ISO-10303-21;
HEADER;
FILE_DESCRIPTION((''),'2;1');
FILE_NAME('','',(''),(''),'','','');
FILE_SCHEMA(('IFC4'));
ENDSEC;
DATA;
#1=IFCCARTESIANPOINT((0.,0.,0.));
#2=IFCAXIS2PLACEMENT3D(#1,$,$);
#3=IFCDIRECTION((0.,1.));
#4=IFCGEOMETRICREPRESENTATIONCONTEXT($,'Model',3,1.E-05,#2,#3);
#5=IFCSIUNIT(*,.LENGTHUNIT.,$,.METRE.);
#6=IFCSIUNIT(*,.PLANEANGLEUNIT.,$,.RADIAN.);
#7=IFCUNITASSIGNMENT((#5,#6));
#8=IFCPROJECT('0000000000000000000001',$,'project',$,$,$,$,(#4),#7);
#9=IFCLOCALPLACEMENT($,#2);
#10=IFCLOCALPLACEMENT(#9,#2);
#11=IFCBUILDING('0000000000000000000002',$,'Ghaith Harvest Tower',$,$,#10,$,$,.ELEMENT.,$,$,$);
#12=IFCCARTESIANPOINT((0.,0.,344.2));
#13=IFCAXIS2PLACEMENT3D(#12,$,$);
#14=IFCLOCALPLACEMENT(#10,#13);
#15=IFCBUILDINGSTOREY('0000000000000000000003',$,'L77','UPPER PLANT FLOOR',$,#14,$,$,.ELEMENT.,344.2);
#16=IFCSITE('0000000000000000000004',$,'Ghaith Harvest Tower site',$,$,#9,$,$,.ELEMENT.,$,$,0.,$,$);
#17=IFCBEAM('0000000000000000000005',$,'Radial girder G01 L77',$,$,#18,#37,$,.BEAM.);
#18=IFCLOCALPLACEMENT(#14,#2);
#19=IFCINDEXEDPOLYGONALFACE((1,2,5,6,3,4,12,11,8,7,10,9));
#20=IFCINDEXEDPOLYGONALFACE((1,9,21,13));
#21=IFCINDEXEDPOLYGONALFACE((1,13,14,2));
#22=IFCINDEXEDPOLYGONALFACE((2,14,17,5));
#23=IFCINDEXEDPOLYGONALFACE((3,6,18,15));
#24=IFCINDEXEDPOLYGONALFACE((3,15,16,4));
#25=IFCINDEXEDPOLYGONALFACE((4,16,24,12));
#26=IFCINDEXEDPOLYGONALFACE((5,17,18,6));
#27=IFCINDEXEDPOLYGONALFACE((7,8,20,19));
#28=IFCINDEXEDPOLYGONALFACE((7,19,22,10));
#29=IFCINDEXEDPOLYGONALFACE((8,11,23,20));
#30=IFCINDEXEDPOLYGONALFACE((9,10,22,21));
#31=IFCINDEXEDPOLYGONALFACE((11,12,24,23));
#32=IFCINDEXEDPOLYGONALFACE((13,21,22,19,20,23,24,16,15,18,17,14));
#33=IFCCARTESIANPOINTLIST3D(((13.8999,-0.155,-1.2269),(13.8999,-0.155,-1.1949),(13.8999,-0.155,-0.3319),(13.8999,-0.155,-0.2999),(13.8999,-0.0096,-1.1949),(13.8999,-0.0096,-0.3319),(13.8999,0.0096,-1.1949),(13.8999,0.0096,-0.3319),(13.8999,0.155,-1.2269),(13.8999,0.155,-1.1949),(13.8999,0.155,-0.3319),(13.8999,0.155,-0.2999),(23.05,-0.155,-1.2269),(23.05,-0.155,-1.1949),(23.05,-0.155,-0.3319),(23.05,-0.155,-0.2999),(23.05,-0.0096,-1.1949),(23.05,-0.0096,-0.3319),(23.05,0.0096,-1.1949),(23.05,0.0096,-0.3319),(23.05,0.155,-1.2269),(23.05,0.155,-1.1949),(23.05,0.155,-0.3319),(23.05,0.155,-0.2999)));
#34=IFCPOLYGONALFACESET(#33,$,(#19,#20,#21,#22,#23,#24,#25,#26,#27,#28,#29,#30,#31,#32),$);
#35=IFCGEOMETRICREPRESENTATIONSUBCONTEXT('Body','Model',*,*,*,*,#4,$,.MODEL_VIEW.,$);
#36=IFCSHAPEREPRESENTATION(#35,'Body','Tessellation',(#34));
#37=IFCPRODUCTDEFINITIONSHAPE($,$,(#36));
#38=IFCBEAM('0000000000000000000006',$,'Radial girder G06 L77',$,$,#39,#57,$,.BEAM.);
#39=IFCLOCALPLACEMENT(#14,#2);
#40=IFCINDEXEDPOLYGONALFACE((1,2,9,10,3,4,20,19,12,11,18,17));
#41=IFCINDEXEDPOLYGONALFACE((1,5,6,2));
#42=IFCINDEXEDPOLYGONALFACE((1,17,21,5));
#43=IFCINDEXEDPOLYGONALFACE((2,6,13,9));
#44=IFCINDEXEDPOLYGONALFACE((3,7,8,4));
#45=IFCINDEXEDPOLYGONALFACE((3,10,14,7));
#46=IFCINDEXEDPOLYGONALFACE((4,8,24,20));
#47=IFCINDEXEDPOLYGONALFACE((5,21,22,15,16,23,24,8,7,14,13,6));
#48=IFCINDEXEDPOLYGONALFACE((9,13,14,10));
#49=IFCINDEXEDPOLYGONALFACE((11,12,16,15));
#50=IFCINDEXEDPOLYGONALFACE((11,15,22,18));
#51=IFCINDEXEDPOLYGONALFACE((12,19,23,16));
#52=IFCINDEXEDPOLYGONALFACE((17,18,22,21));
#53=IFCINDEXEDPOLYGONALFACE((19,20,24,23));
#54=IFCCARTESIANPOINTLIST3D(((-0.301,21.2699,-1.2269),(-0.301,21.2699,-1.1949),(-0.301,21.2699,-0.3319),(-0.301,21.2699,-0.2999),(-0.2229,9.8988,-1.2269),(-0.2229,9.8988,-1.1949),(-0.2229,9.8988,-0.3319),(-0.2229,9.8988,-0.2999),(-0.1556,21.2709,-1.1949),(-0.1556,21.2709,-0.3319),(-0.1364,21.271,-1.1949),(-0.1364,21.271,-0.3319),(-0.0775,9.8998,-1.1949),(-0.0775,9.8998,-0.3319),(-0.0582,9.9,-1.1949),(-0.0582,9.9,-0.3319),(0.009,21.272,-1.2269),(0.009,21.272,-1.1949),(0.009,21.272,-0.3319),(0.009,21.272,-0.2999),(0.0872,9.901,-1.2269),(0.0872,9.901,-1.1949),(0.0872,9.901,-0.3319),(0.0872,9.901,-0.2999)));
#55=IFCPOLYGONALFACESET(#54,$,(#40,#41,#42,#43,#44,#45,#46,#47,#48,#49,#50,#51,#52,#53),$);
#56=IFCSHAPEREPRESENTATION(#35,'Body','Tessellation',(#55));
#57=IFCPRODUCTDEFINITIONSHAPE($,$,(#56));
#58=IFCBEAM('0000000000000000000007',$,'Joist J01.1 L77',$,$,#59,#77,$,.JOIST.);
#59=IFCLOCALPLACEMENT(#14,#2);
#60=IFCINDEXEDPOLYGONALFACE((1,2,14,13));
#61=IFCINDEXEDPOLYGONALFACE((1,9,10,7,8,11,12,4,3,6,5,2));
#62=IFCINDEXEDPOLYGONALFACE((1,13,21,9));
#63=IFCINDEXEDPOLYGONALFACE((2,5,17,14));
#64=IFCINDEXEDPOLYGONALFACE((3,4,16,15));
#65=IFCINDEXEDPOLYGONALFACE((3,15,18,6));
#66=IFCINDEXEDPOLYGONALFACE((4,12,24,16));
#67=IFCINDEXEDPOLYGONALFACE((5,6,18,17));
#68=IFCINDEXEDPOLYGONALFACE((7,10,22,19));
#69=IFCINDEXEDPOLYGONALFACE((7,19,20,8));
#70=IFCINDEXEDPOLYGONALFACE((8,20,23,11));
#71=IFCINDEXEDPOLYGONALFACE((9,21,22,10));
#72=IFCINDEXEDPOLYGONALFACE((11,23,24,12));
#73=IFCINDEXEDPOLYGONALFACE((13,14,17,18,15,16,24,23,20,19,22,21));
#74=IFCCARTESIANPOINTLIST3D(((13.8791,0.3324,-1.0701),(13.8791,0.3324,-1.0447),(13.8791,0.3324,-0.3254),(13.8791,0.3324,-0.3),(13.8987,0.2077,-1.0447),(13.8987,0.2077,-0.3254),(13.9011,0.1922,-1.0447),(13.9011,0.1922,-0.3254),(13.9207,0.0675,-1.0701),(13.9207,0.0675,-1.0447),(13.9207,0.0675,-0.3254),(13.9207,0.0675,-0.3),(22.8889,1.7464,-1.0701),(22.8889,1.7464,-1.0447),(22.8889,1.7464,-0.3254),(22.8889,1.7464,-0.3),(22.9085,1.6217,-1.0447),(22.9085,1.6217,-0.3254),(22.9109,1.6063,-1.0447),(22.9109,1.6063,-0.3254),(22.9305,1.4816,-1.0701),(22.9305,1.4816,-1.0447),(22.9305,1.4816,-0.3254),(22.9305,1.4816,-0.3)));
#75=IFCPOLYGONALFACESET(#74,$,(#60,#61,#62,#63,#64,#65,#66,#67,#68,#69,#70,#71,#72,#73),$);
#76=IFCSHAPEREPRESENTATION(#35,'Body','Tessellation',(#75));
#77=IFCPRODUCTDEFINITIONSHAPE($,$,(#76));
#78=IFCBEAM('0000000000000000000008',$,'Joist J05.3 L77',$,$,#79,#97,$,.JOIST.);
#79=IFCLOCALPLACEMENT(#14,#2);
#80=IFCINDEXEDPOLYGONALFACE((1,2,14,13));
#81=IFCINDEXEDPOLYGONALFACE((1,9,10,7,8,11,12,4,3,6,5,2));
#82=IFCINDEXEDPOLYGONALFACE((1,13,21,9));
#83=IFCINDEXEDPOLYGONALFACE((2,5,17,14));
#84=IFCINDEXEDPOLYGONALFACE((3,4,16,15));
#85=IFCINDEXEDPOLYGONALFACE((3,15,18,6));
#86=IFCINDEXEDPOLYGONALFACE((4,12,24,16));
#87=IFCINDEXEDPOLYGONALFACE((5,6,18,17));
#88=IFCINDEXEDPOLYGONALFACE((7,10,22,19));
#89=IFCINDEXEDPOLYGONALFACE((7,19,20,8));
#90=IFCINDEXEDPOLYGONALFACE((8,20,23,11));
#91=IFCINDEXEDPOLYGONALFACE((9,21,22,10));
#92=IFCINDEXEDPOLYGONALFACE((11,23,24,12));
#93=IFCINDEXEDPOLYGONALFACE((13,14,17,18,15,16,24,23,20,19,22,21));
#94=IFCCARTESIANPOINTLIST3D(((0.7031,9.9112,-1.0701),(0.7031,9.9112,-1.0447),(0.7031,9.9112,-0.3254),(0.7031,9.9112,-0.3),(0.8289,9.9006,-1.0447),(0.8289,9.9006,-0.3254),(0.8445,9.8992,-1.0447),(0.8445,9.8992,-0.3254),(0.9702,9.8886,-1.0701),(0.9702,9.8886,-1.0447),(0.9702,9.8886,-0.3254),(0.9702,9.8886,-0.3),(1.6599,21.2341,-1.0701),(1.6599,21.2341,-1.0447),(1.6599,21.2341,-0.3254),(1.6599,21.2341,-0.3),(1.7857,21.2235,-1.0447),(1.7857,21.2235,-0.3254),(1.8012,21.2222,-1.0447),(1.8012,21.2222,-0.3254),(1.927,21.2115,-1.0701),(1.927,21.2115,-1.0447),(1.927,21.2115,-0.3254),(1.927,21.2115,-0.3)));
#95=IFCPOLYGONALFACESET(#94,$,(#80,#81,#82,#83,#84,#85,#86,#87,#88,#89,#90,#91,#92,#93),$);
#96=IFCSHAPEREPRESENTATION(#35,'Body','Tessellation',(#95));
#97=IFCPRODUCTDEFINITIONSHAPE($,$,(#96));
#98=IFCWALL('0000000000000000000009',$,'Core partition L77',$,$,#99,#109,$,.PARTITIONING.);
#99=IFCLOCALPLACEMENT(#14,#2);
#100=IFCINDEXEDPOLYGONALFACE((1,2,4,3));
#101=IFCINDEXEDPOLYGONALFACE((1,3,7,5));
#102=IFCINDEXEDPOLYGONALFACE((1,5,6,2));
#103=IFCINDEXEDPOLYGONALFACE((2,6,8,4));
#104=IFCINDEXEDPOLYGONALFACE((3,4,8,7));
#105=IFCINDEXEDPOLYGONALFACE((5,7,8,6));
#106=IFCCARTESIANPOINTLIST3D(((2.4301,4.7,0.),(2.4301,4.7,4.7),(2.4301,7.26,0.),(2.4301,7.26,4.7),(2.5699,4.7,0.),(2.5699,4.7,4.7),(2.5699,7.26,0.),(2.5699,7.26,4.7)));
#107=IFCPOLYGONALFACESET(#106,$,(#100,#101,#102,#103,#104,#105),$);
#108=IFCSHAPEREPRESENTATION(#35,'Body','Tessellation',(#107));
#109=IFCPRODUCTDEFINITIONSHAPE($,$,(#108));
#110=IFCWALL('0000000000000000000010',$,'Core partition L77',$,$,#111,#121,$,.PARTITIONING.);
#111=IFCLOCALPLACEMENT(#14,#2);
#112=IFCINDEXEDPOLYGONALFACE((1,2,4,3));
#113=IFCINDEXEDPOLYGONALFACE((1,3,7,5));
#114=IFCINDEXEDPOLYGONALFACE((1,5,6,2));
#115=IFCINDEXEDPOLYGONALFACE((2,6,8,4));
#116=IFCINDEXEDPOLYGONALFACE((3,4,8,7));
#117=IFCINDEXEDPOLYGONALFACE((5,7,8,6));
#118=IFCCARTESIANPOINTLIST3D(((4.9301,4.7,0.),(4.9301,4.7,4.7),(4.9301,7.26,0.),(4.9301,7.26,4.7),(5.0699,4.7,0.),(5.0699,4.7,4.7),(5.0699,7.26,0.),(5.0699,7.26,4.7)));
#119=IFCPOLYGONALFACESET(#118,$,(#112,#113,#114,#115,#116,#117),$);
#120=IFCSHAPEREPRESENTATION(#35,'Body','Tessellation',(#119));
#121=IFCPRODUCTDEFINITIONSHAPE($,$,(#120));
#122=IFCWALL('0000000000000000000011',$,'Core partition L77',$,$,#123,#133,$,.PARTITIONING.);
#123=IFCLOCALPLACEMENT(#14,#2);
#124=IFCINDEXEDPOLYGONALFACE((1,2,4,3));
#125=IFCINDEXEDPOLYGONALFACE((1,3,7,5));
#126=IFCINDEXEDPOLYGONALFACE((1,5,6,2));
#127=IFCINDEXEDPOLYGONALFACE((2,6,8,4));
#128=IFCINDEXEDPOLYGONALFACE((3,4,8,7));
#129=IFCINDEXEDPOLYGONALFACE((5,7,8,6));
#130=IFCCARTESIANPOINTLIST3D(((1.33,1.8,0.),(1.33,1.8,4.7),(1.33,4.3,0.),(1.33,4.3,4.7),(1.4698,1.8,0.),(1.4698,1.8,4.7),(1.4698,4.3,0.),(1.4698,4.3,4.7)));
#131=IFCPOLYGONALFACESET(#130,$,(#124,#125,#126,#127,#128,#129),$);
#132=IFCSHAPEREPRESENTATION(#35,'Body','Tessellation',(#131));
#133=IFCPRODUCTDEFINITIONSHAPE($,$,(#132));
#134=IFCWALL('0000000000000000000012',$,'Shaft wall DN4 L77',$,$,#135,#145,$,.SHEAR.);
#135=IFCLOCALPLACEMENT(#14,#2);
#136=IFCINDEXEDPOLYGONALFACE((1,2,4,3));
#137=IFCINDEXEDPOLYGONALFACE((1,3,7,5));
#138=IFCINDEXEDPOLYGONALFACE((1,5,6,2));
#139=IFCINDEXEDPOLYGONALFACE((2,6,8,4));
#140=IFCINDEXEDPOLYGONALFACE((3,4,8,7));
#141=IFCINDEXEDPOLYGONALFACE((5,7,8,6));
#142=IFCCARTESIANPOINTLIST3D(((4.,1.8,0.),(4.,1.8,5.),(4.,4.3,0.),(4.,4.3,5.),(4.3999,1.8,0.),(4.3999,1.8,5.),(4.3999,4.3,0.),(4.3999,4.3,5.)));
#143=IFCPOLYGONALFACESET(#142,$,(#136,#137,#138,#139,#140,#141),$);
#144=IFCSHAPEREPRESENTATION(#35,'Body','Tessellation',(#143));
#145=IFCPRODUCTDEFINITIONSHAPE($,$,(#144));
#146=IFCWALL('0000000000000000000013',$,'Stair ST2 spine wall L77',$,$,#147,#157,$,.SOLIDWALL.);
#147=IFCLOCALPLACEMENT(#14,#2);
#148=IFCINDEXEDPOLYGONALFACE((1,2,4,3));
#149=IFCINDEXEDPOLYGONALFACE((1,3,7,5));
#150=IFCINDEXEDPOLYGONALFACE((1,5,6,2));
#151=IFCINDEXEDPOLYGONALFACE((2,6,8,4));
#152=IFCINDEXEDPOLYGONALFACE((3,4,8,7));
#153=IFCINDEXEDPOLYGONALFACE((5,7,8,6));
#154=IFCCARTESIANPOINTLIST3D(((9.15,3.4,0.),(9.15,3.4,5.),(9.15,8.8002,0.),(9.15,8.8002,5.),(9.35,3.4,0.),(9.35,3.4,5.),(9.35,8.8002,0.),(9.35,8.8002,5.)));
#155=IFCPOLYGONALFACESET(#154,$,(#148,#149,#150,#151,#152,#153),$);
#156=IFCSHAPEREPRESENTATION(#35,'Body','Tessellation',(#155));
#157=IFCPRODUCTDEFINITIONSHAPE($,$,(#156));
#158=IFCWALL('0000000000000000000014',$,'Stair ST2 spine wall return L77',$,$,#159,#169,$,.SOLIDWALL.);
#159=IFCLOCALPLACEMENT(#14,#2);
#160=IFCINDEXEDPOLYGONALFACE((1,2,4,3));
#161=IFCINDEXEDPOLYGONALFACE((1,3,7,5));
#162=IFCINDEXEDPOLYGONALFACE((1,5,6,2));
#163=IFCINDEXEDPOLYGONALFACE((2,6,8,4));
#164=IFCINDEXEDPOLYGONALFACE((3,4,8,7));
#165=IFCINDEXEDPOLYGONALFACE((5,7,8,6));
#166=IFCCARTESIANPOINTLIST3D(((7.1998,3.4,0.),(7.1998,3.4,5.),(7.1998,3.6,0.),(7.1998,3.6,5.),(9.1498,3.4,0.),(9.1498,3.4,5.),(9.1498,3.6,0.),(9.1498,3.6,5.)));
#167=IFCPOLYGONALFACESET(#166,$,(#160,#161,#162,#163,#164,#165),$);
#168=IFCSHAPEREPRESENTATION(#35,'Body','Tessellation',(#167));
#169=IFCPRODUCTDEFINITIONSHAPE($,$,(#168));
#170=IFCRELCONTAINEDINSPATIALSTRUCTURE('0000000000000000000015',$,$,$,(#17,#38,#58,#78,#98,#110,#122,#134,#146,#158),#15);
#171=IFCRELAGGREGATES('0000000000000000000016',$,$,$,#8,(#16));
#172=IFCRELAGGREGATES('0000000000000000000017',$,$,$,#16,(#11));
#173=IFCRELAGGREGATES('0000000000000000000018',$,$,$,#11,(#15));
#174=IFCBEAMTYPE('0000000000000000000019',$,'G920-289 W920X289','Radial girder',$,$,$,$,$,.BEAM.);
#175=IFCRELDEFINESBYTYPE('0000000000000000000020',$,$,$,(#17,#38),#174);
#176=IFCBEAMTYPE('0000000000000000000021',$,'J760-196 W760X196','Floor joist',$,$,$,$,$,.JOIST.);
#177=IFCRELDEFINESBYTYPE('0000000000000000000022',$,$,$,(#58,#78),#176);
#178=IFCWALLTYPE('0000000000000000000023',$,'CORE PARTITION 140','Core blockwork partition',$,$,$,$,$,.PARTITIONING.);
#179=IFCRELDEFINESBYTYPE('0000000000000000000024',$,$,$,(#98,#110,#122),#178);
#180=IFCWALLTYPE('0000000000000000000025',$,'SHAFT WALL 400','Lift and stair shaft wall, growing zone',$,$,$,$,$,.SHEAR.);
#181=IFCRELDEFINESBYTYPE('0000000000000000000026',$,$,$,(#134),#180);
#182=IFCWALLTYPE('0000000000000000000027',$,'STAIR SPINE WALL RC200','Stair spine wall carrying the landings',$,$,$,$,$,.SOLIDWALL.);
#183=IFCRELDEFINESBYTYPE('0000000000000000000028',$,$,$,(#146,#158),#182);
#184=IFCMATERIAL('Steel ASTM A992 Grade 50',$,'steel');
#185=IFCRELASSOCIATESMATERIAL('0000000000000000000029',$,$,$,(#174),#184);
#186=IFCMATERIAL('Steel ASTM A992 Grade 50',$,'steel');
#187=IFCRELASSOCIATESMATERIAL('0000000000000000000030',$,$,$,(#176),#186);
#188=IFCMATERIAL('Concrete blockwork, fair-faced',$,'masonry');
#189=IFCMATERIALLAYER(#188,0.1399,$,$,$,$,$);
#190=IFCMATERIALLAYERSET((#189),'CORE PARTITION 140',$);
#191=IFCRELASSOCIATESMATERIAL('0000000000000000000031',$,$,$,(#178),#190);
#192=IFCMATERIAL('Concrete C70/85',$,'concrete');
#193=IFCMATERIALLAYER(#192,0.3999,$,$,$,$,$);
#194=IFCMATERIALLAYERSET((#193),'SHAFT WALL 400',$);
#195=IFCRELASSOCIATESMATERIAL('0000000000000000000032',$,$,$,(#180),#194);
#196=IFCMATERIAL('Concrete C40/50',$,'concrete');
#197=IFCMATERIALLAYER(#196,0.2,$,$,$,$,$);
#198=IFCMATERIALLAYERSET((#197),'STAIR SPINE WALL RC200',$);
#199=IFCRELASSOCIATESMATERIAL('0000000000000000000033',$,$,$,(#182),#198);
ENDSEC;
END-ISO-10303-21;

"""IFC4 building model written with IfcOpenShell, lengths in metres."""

from ifc_helpers import new_model, si_unit, direction, frame, frame_2d, origin, origin_2d, place, context, subcontext, project, spatial, rectangle, i_section, extrude, material, layer, layer_set, material_profile, profile_set, type_object, element, save


model = new_model("IFC4")

# Units and contexts
model_context = context("Model", 3, precision=1e-05, world=origin(), true_north=direction((0.0, 1.0)))
body_context = subcontext(model_context, "Body", "Model", "MODEL_VIEW")
ifc_project = project(units=[si_unit("LENGTHUNIT", "METRE"), si_unit("PLANEANGLEUNIT", "RADIAN")], contexts=[model_context])

# Site, building, storey
site_placement = place(None, origin())
site = spatial("IfcSite", under=ifc_project, at=site_placement, Name="Ghaith Harvest Tower site", CompositionType="ELEMENT", RefElevation=0.0)
building_placement = place(site_placement, origin())
building = spatial("IfcBuilding", under=site, at=building_placement, Name="Ghaith Harvest Tower", CompositionType="ELEMENT")
storey_placement = place(building_placement, frame((0.0, 0.0, 344.2)))
storey = spatial("IfcBuildingStorey", under=building, at=storey_placement, Name="L77", Description="UPPER PLANT FLOOR", CompositionType="ELEMENT", Elevation=344.2)

# Beams
ifc_material_1 = material(Name="Steel ASTM A992 Grade 50", Category="steel")
ifc_material_profile_1 = material_profile(ifc_material_1, i_section(OverallWidth=0.3101, OverallDepth=0.927, WebThickness=0.0193, FlangeThickness=0.032, at=origin_2d()), Name="W920X289")
ifc_profile_set_1 = profile_set([ifc_material_profile_1], Name="Steel ASTM A992 Grade 50")
beam_type_1 = type_object("IfcBeamType", Name="G920-289 W920X289", Description="Radial girder", PredefinedType="BEAM", material=ifc_profile_set_1)
beam_1_placement = place(storey_placement, frame((13.8999, 0.0, -0.7634), z_axis=(1.0, 0.0, 0.0), x_axis=(0.0, 1.0, 0.0)))
element("IfcBeam", 1, at=beam_1_placement, inside=storey, type_object=beam_type_1, Name="Radial girder G01 L77", PredefinedType="BEAM", context=body_context, shape_type="SweptSolid", body=[
    extrude(i_section(OverallWidth=0.3101, OverallDepth=0.927, WebThickness=0.0193, FlangeThickness=0.032, at=origin_2d()), origin(), (0.0, 0.0, 1.0), 9.1501),
])
beam_2_placement = place(storey_placement, frame((-0.0679, 9.8999, -0.7634), z_axis=(-0.00687, 0.999976, 0.0), x_axis=(-0.999976, -0.00687, 0.0)))
element("IfcBeam", 2, at=beam_2_placement, inside=storey, type_object=beam_type_1, Name="Radial girder G06 L77", PredefinedType="BEAM", context=body_context, shape_type="SweptSolid", body=[
    extrude(i_section(OverallWidth=0.3101, OverallDepth=0.927, WebThickness=0.0193, FlangeThickness=0.032, at=origin_2d()), origin(), (0.0, 0.0, 1.0), 11.3713),
])
ifc_material_2 = material(Name="Steel ASTM A992 Grade 50", Category="steel")
ifc_material_profile_2 = material_profile(ifc_material_2, i_section(OverallWidth=0.2681, OverallDepth=0.77, WebThickness=0.0156, FlangeThickness=0.0254, at=origin_2d()), Name="W760X196")
ifc_profile_set_2 = profile_set([ifc_material_profile_2], Name="Steel ASTM A992 Grade 50")
beam_type_2 = type_object("IfcBeamType", Name="J760-196 W760X196", Description="Floor joist", PredefinedType="JOIST", material=ifc_profile_set_2)
beam_3_placement = place(storey_placement, frame((13.8999, 0.2, -0.6851), z_axis=(0.987907, 0.15505, 0.0), x_axis=(-0.15505, 0.987907, 0.0)))
element("IfcBeam", 3, at=beam_3_placement, inside=storey, type_object=beam_type_2, Name="Joist J01.1 L77", PredefinedType="JOIST", context=body_context, shape_type="SweptSolid", body=[
    extrude(i_section(OverallWidth=0.2681, OverallDepth=0.77, WebThickness=0.0156, FlangeThickness=0.0254, at=origin_2d()), origin(), (0.0, 0.0, 1.0), 9.1201),
])
beam_4_placement = place(storey_placement, frame((0.8367, 9.8999, -0.6851), z_axis=(0.084199, 0.996449, 0.0), x_axis=(-0.996449, 0.084199, 0.0)))
element("IfcBeam", 4, at=beam_4_placement, inside=storey, type_object=beam_type_2, Name="Joist J05.3 L77", PredefinedType="JOIST", context=body_context, shape_type="SweptSolid", body=[
    extrude(i_section(OverallWidth=0.2681, OverallDepth=0.77, WebThickness=0.0156, FlangeThickness=0.0254, at=origin_2d()), origin(), (0.0, 0.0, 1.0), 11.3633),
])

# Walls
ifc_material_3 = material(Name="Concrete blockwork, fair-faced", Category="masonry")
ifc_layer_1 = layer(ifc_material_3, 0.1399)
ifc_layer_set_1 = layer_set([ifc_layer_1], Name="CORE PARTITION 140")
wall_type_1 = type_object("IfcWallType", Name="CORE PARTITION 140", Description="Core blockwork partition", PredefinedType="PARTITIONING", material=ifc_layer_set_1)
for number, where, z_axis, x_axis, name in (
    (5, (2.5, 4.7, 0.0), (0.0, 0.0, 1.0), (0.0, 1.0, 0.0), "Core partition L77"),
    (6, (5.0, 4.7, 0.0), (0.0, 0.0, 1.0), (0.0, 1.0, 0.0), "Core partition L77"),
):
    element("IfcWall", number, at=place(storey_placement, frame(where, z_axis=z_axis, x_axis=x_axis)), inside=storey, type_object=wall_type_1, Name=name, PredefinedType="PARTITIONING", context=body_context, shape_type="SweptSolid", body=[
        extrude(rectangle(XDim=2.5601, YDim=0.1399, at=frame_2d((1.28, 0.0))), origin(), (0.0, 0.0, 1.0), 4.7),
    ])
wall_1_placement = place(storey_placement, frame((1.3999, 1.8, 0.0), z_axis=(0.0, 0.0, 1.0), x_axis=(0.0, 1.0, 0.0)))
element("IfcWall", 7, at=wall_1_placement, inside=storey, type_object=wall_type_1, Name="Core partition L77", PredefinedType="PARTITIONING", context=body_context, shape_type="SweptSolid", body=[
    extrude(rectangle(XDim=2.5, YDim=0.1399, at=frame_2d((1.25, 0.0))), origin(), (0.0, 0.0, 1.0), 4.7),
])

# Shared definitions
ifc_material_4 = material(Name="Concrete C70/85", Category="concrete")
ifc_layer_2 = layer(ifc_material_4, 0.3999)
ifc_layer_set_2 = layer_set([ifc_layer_2], Name="SHAFT WALL 400")
wall_type_2 = type_object("IfcWallType", Name="SHAFT WALL 400", Description="Lift and stair shaft wall, growing zone", PredefinedType="SHEAR", material=ifc_layer_set_2)

# Walls
wall_2_placement = place(storey_placement, frame((4.2, 1.8, 0.0), z_axis=(0.0, 0.0, 1.0), x_axis=(0.0, 1.0, 0.0)))
element("IfcWall", 8, at=wall_2_placement, inside=storey, type_object=wall_type_2, Name="Shaft wall DN4 L77", PredefinedType="SHEAR", context=body_context, shape_type="SweptSolid", body=[
    extrude(rectangle(XDim=2.5, YDim=0.3999, at=frame_2d((1.25, 0.0))), origin(), (0.0, 0.0, 1.0), 5.0),
])
ifc_material_5 = material(Name="Concrete C40/50", Category="concrete")
ifc_layer_3 = layer(ifc_material_5, 0.2)
ifc_layer_set_3 = layer_set([ifc_layer_3], Name="STAIR SPINE WALL RC200")
wall_type_3 = type_object("IfcWallType", Name="STAIR SPINE WALL RC200", Description="Stair spine wall carrying the landings", PredefinedType="SOLIDWALL", material=ifc_layer_set_3)
wall_3_placement = place(storey_placement, frame((9.25, 3.3999, 0.0), z_axis=(0.0, 0.0, 1.0), x_axis=(0.0, 1.0, 0.0)))
element("IfcWall", 9, at=wall_3_placement, inside=storey, type_object=wall_type_3, Name="Stair ST2 spine wall L77", PredefinedType="SOLIDWALL", context=body_context, shape_type="SweptSolid", body=[
    extrude(rectangle(XDim=5.4001, YDim=0.2, at=frame_2d((2.7002, 0.0))), origin(), (0.0, 0.0, 1.0), 5.0),
])
wall_4_placement = place(storey_placement, frame((9.1499, 3.5, 0.0), z_axis=(0.0, 0.0, 1.0), x_axis=(-1.0, 0.0, 0.0)))
element("IfcWall", 10, at=wall_4_placement, inside=storey, type_object=wall_type_3, Name="Stair ST2 spine wall return L77", PredefinedType="SOLIDWALL", context=body_context, shape_type="SweptSolid", body=[
    extrude(rectangle(XDim=1.95, YDim=0.2, at=frame_2d((0.9751, 0.0))), origin(), (0.0, 0.0, 1.0), 5.0),
])

save(model, "model.ifc")
